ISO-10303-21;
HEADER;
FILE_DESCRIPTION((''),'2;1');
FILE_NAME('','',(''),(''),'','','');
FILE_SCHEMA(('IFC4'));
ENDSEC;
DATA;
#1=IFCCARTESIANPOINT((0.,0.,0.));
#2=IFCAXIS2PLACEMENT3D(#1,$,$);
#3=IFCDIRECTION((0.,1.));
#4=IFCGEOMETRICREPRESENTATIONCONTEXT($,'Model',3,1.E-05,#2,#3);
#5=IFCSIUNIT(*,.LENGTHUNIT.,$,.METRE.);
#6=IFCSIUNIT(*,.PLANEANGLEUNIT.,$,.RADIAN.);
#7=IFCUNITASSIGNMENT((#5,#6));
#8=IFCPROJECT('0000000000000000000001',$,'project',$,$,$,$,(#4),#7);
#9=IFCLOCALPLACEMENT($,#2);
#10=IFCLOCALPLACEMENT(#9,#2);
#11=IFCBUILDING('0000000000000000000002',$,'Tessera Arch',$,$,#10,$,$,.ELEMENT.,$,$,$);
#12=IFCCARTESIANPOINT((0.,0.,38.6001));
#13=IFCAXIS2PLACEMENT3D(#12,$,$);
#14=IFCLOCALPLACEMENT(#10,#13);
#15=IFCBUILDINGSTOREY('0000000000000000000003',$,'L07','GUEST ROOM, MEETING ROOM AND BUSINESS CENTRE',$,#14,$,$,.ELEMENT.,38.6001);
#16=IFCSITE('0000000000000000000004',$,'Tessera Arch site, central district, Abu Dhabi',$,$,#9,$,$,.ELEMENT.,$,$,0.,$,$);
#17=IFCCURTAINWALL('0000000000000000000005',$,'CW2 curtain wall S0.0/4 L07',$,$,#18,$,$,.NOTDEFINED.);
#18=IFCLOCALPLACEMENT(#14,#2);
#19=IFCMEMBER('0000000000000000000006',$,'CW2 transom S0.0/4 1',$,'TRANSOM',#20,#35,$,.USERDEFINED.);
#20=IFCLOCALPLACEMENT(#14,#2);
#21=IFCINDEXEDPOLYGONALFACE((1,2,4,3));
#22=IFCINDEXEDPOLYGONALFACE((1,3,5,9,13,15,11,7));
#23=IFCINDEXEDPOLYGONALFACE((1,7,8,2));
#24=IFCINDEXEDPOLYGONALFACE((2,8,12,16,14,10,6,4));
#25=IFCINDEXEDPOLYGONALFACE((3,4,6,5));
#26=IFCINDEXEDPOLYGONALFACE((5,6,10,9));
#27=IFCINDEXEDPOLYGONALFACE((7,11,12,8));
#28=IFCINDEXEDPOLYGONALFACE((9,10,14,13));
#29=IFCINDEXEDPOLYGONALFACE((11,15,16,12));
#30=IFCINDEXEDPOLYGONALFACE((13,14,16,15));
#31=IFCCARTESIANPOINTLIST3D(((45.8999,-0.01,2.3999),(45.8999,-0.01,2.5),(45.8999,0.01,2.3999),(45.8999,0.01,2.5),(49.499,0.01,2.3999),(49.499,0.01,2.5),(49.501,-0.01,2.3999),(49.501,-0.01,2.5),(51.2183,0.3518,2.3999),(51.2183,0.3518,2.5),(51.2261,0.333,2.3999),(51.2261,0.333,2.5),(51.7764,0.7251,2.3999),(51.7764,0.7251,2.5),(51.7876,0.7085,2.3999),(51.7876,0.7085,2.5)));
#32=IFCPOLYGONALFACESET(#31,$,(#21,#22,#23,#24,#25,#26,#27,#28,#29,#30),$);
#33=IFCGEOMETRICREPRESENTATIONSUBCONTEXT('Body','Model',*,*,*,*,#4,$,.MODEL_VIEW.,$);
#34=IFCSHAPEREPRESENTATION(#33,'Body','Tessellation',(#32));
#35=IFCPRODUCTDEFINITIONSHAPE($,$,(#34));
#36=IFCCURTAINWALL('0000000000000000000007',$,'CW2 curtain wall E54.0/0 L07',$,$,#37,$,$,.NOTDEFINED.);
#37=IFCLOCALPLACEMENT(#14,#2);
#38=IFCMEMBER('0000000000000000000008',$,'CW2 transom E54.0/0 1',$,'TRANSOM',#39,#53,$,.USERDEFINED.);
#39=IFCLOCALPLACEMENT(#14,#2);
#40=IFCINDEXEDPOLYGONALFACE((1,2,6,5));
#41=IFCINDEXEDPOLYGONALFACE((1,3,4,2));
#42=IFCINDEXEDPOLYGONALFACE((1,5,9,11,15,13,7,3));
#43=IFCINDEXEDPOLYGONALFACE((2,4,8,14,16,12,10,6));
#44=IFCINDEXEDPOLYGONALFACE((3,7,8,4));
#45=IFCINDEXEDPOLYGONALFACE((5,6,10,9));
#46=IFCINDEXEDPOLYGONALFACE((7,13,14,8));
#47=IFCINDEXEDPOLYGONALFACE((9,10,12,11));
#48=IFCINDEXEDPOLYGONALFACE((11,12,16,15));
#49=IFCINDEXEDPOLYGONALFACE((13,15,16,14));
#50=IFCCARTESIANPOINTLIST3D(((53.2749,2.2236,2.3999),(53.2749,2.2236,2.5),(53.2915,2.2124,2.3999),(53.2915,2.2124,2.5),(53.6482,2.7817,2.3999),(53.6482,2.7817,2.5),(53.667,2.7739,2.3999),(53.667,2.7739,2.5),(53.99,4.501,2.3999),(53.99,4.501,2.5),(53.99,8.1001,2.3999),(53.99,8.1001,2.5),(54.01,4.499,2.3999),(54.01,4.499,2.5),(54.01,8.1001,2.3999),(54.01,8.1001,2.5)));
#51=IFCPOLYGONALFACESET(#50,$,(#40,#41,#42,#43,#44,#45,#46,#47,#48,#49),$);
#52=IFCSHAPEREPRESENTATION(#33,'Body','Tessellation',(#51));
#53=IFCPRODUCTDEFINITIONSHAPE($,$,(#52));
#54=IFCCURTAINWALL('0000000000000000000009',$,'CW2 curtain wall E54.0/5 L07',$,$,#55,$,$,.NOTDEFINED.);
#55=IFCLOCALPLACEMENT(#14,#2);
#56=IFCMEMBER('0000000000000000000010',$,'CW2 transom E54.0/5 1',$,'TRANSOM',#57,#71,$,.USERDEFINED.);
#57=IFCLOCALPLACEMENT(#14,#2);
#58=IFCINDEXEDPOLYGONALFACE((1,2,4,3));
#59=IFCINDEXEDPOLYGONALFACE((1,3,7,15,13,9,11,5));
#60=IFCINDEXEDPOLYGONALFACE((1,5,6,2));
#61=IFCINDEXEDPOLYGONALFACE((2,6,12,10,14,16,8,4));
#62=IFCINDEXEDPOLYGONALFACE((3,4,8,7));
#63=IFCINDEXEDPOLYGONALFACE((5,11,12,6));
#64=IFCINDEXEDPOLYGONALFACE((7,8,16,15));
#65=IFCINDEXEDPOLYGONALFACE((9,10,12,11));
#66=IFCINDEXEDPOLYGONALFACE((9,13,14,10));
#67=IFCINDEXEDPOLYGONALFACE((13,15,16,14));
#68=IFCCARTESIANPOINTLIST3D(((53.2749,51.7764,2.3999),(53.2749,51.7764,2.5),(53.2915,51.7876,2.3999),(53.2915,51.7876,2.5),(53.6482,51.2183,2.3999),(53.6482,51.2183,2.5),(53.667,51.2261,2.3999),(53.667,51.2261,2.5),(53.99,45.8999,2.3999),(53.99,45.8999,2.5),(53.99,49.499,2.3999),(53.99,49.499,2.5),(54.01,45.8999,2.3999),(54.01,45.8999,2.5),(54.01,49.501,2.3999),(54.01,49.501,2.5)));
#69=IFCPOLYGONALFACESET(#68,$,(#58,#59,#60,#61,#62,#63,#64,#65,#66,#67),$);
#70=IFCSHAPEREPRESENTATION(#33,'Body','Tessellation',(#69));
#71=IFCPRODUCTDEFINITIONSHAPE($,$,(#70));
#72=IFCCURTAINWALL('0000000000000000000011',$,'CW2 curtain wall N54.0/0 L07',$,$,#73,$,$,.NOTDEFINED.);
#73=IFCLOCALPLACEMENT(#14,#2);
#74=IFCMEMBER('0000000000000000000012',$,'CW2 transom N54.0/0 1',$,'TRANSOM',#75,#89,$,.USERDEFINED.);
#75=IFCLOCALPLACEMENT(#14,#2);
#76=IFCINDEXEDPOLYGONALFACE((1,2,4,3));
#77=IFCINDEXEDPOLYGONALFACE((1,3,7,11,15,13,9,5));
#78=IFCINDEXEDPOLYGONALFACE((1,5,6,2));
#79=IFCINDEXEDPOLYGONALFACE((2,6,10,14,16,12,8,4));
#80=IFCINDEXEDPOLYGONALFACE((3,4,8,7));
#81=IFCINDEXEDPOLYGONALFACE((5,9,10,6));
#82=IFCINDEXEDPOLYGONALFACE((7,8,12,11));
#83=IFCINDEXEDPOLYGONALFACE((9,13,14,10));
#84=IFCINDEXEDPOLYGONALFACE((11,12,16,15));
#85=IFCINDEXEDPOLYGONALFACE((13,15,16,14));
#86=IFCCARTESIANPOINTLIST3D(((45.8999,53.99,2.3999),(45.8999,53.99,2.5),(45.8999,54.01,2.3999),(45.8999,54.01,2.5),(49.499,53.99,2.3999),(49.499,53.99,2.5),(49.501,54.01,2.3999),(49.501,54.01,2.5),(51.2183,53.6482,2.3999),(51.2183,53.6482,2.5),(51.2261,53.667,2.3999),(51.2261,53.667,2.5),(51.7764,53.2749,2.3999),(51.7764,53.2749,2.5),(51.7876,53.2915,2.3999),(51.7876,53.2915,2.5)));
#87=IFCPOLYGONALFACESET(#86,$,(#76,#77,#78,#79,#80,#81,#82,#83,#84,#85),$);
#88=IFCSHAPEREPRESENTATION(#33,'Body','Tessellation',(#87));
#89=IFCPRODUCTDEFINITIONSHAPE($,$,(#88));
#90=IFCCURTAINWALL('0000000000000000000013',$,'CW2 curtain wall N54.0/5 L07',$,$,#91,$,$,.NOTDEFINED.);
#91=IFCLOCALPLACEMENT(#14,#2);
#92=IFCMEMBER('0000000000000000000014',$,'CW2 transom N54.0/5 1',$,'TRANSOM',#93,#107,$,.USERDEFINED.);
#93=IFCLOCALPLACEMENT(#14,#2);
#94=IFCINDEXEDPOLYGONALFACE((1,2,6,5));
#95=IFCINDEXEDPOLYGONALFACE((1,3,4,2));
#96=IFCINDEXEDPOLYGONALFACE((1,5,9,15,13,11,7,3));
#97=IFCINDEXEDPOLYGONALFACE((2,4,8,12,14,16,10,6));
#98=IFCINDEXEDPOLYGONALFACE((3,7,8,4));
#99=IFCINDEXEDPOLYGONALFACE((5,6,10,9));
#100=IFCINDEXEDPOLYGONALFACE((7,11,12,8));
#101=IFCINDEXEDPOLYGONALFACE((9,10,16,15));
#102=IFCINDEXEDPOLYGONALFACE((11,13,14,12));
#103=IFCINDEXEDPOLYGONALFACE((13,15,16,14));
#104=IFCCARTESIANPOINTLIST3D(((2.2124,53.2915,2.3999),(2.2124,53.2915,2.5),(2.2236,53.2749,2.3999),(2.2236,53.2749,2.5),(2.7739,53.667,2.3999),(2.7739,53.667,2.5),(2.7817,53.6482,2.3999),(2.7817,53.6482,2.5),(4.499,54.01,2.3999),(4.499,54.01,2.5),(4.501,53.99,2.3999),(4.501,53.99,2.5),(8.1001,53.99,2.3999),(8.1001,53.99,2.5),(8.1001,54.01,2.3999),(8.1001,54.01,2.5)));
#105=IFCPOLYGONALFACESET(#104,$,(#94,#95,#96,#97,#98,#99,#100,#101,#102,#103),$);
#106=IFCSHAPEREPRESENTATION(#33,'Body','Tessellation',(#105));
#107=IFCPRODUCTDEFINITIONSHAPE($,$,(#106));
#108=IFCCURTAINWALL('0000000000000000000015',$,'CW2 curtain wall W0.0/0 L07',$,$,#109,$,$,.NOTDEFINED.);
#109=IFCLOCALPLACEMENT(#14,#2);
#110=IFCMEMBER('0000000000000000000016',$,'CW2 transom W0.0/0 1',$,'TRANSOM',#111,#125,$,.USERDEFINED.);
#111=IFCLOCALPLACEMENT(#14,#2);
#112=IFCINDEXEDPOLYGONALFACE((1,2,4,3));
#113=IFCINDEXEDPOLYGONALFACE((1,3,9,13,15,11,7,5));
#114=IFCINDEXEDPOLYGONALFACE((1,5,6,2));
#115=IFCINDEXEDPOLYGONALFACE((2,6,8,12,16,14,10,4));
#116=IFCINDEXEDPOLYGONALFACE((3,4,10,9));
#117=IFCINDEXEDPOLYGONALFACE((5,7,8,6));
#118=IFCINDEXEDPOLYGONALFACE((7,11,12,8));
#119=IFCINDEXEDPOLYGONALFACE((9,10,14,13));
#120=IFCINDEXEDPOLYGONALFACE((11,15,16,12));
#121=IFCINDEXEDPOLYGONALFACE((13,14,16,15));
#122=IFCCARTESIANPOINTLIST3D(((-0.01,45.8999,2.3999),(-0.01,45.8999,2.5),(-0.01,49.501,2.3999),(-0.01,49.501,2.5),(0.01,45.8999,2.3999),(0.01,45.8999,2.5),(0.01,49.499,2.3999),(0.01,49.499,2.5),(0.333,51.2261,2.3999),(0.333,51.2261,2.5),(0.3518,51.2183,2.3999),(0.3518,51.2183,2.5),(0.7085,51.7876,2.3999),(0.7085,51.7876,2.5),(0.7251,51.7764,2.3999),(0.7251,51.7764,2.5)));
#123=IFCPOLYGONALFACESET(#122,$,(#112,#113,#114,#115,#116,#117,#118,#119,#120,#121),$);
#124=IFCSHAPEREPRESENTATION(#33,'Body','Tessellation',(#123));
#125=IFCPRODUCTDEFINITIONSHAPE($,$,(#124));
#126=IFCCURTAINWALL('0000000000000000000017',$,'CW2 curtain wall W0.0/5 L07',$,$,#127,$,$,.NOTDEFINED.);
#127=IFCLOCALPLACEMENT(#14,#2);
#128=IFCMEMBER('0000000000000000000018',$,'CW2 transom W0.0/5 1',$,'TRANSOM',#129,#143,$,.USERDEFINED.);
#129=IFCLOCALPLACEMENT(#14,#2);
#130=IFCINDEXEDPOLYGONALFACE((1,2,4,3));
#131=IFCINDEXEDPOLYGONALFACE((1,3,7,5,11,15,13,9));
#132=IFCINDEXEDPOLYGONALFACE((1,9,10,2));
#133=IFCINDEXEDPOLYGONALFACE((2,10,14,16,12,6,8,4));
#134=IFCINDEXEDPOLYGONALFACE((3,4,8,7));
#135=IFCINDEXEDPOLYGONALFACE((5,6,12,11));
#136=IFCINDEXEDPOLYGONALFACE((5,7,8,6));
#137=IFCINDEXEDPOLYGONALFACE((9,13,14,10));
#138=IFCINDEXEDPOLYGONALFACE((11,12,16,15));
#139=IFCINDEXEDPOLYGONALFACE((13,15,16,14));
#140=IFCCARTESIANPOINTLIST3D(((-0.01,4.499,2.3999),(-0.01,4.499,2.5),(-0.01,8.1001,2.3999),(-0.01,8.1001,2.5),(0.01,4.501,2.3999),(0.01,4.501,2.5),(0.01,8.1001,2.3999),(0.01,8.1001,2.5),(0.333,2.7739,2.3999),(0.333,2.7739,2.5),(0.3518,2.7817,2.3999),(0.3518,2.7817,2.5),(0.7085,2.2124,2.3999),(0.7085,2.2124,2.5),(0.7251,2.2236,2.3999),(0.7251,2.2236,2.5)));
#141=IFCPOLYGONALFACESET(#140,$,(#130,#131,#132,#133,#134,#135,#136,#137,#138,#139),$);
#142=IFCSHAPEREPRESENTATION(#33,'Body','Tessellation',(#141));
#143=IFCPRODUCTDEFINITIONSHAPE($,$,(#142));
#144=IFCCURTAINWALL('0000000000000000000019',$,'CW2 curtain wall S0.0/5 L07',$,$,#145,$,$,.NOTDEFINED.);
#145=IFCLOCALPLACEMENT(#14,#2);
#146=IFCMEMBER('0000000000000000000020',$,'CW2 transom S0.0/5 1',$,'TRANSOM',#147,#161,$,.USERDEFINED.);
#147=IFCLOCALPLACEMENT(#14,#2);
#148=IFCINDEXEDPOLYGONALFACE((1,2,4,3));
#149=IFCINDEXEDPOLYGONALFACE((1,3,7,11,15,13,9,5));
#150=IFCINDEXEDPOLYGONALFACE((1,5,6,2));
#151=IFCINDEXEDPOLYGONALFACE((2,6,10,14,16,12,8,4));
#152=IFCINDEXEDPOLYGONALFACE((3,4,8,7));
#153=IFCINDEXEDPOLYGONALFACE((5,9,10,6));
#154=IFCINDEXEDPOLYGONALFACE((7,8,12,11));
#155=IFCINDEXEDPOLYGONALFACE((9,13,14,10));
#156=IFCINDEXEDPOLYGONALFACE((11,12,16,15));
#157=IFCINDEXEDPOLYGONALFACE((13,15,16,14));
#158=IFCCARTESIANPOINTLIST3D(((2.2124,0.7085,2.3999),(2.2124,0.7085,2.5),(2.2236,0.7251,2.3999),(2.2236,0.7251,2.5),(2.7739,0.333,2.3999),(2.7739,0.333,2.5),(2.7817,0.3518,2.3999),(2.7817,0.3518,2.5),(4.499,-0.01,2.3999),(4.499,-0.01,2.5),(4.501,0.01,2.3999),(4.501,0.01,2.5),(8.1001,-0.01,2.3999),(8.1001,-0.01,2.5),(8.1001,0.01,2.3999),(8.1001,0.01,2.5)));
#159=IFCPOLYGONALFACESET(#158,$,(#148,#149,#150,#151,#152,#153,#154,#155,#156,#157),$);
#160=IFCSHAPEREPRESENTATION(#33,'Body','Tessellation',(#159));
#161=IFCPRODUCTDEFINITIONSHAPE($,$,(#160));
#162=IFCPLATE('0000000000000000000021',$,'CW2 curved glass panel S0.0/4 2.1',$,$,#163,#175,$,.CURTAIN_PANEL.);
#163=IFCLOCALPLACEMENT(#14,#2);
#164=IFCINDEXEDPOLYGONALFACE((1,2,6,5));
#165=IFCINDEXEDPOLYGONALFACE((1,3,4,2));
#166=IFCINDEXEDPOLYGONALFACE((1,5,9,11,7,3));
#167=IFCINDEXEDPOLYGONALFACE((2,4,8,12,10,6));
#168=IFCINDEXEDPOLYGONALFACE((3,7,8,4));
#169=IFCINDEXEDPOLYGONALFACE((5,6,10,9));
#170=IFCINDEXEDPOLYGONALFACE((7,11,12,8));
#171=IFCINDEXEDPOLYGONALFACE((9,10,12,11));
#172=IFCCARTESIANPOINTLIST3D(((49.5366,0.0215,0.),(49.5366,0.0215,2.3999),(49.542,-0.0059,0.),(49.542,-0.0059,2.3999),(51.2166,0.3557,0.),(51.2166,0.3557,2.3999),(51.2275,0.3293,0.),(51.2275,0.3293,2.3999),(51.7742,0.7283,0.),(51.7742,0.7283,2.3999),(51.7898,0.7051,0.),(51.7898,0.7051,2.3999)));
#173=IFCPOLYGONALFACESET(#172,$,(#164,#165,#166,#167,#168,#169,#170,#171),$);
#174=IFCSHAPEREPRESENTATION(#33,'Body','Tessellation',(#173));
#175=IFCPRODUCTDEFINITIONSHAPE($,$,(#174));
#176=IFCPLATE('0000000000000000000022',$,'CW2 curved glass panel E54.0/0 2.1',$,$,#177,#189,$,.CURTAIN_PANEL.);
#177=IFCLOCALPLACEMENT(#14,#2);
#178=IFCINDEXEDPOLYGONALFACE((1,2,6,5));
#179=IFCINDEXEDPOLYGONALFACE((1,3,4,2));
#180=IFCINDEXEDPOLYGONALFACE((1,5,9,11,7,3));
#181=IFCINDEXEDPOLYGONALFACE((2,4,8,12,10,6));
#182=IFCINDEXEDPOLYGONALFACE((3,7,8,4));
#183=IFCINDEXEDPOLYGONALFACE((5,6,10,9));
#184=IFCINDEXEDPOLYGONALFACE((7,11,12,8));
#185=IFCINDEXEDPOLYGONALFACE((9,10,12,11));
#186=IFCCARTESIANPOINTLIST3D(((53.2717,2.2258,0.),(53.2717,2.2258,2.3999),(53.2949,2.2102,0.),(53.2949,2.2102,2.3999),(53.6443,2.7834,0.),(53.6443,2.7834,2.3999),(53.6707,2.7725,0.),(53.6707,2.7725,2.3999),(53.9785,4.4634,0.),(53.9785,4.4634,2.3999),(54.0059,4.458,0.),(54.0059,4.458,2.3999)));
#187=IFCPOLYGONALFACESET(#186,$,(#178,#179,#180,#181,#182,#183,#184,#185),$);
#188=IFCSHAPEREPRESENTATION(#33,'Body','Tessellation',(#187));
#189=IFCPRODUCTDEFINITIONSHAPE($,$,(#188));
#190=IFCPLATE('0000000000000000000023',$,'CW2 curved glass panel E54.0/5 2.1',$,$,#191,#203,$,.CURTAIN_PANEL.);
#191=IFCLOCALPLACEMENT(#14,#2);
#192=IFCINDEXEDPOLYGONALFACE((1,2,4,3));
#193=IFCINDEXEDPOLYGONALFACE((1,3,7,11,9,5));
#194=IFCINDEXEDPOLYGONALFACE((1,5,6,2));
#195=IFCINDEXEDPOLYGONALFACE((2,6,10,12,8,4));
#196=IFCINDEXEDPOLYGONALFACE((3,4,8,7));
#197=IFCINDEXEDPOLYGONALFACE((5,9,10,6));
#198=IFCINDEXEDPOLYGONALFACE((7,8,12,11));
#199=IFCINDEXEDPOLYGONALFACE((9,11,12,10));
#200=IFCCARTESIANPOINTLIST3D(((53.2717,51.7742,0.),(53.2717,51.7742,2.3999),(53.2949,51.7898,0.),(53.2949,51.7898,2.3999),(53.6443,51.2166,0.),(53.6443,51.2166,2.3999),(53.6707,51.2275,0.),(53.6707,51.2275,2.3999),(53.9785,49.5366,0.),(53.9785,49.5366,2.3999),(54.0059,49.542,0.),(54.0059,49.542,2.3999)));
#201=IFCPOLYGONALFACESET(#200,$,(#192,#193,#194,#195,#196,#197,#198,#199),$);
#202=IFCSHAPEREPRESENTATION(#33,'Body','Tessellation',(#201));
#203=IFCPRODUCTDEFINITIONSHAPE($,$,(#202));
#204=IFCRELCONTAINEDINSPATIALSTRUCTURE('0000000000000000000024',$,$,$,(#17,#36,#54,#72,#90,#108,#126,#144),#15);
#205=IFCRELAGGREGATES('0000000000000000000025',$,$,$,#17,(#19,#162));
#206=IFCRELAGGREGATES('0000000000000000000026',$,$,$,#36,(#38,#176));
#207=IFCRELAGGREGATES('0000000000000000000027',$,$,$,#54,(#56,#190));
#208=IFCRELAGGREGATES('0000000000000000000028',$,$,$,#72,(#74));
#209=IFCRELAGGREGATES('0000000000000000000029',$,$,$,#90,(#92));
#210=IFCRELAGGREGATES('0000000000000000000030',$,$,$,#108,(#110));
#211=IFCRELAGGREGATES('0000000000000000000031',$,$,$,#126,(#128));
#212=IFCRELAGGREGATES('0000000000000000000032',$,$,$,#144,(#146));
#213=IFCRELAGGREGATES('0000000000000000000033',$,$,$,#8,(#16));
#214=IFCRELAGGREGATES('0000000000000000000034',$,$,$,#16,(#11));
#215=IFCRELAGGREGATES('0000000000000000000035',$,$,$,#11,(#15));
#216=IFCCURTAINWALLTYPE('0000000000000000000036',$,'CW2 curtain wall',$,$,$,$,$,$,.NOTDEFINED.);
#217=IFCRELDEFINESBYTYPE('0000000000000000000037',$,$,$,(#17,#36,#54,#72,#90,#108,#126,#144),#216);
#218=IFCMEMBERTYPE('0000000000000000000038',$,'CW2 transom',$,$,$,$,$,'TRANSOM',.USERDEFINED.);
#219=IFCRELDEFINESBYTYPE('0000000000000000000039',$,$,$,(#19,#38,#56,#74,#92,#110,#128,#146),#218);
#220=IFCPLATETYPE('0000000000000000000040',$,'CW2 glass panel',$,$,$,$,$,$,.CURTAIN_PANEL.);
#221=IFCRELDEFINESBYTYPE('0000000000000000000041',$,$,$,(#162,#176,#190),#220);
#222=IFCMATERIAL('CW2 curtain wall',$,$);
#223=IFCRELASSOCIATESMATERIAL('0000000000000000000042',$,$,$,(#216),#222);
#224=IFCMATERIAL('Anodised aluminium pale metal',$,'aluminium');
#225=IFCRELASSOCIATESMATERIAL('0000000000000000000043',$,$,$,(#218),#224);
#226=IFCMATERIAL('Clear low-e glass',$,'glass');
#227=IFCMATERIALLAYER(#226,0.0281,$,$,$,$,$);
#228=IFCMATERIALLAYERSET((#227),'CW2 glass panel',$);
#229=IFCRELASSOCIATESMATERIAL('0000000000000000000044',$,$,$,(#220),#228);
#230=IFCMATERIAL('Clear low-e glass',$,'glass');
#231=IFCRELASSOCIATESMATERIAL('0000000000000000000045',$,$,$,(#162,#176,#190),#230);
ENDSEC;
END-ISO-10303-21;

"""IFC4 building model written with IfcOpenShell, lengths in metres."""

from ifc_helpers import new_model, si_unit, direction, frame, origin, origin_2d, place, context, subcontext, project, spatial, polyline, rectangle, outline, extrude, material, layer, layer_set, material_profile, profile_set, type_object, element, aggregate, save


model = new_model("IFC4")

# Units and contexts
model_context = context("Model", 3, precision=1e-05, world=origin(), true_north=direction((0.0, 1.0)))
body_context = subcontext(model_context, "Body", "Model", "MODEL_VIEW")
ifc_project = project(units=[si_unit("LENGTHUNIT", "METRE"), si_unit("PLANEANGLEUNIT", "RADIAN")], contexts=[model_context])

# Site, building, storey
site_placement = place(None, origin())
site = spatial("IfcSite", under=ifc_project, at=site_placement, Name="Tessera Arch site, central district, Abu Dhabi", CompositionType="ELEMENT", RefElevation=0.0)
building_placement = place(site_placement, origin())
building = spatial("IfcBuilding", under=site, at=building_placement, Name="Tessera Arch", CompositionType="ELEMENT")
storey_placement = place(building_placement, frame((0.0, 0.0, 38.6001)))
storey = spatial("IfcBuildingStorey", under=building, at=storey_placement, Name="L07", Description="GUEST ROOM, MEETING ROOM AND BUSINESS CENTRE", CompositionType="ELEMENT", Elevation=38.6001)

# Curtain walls, members
ifc_material_1 = material(Name="CW2 curtain wall")
curtain_wall_type = type_object("IfcCurtainWallType", Name="CW2 curtain wall", PredefinedType="NOTDEFINED", material=ifc_material_1)
curtain_wall_1_placement = place(storey_placement, origin())
curtain_wall_1 = element("IfcCurtainWall", 1, at=curtain_wall_1_placement, inside=storey, type_object=curtain_wall_type, Name="CW2 curtain wall S0.0/4 L07", PredefinedType="NOTDEFINED")
ifc_material_2 = material(Name="Anodised aluminium pale metal", Category="aluminium")
ifc_material_profile = material_profile(ifc_material_2, rectangle(XDim=0.2, YDim=0.1001, at=origin_2d()), Name="AL 200x100")
ifc_profile_set = profile_set([ifc_material_profile], Name="Anodised aluminium pale metal")
member_type = type_object("IfcMemberType", Name="CW2 transom", ElementType="TRANSOM", PredefinedType="USERDEFINED", material=ifc_profile_set)
member_1_placement = place(storey_placement, frame((0.0, 0.0, 2.3999)))
member_1 = element("IfcMember", 2, at=member_1_placement, type_object=member_type, Name="CW2 transom S0.0/4 1", ObjectType="TRANSOM", PredefinedType="USERDEFINED", context=body_context, shape_type="SweptSolid", body=[
    extrude(outline(polyline([(49.499, 0.01), (45.8999, 0.01), (45.8999, -0.01), (49.501, -0.01), (51.2261, 0.333), (51.7876, 0.7085), (51.7764, 0.7251), (51.2183, 0.3518), (49.499, 0.01)])), origin(), (0.0, 0.0, 1.0), 0.1001),
])
curtain_wall_2_placement = place(storey_placement, origin())
curtain_wall_2 = element("IfcCurtainWall", 3, at=curtain_wall_2_placement, inside=storey, type_object=curtain_wall_type, Name="CW2 curtain wall E54.0/0 L07", PredefinedType="NOTDEFINED")
member_2_placement = place(storey_placement, frame((0.0, 0.0, 2.3999)))
member_2 = element("IfcMember", 4, at=member_2_placement, type_object=member_type, Name="CW2 transom E54.0/0 1", ObjectType="TRANSOM", PredefinedType="USERDEFINED", context=body_context, shape_type="SweptSolid", body=[
    extrude(outline(polyline([(53.6482, 2.7817), (53.2749, 2.2236), (53.2915, 2.2124), (53.667, 2.7739), (54.01, 4.499), (54.01, 8.1001), (53.99, 8.1001), (53.99, 4.501), (53.6482, 2.7817)])), origin(), (0.0, 0.0, 1.0), 0.1001),
])
curtain_wall_3_placement = place(storey_placement, origin())
curtain_wall_3 = element("IfcCurtainWall", 5, at=curtain_wall_3_placement, inside=storey, type_object=curtain_wall_type, Name="CW2 curtain wall E54.0/5 L07", PredefinedType="NOTDEFINED")
member_3_placement = place(storey_placement, frame((0.0, 0.0, 2.3999)))
member_3 = element("IfcMember", 6, at=member_3_placement, type_object=member_type, Name="CW2 transom E54.0/5 1", ObjectType="TRANSOM", PredefinedType="USERDEFINED", context=body_context, shape_type="SweptSolid", body=[
    extrude(outline(polyline([(53.99, 49.499), (53.99, 45.8999), (54.01, 45.8999), (54.01, 49.501), (53.667, 51.2261), (53.2915, 51.7876), (53.2749, 51.7764), (53.6482, 51.2183), (53.99, 49.499)])), origin(), (0.0, 0.0, 1.0), 0.1001),
])
curtain_wall_4_placement = place(storey_placement, origin())
curtain_wall_4 = element("IfcCurtainWall", 7, at=curtain_wall_4_placement, inside=storey, type_object=curtain_wall_type, Name="CW2 curtain wall N54.0/0 L07", PredefinedType="NOTDEFINED")
member_4_placement = place(storey_placement, frame((0.0, 0.0, 2.3999)))
member_4 = element("IfcMember", 8, at=member_4_placement, type_object=member_type, Name="CW2 transom N54.0/0 1", ObjectType="TRANSOM", PredefinedType="USERDEFINED", context=body_context, shape_type="SweptSolid", body=[
    extrude(outline(polyline([(51.2183, 53.6482), (51.7764, 53.2749), (51.7876, 53.2915), (51.2261, 53.667), (49.501, 54.01), (45.8999, 54.01), (45.8999, 53.99), (49.499, 53.99), (51.2183, 53.6482)])), origin(), (0.0, 0.0, 1.0), 0.1001),
])
curtain_wall_5_placement = place(storey_placement, origin())
curtain_wall_5 = element("IfcCurtainWall", 9, at=curtain_wall_5_placement, inside=storey, type_object=curtain_wall_type, Name="CW2 curtain wall N54.0/5 L07", PredefinedType="NOTDEFINED")
member_5_placement = place(storey_placement, frame((0.0, 0.0, 2.3999)))
member_5 = element("IfcMember", 10, at=member_5_placement, type_object=member_type, Name="CW2 transom N54.0/5 1", ObjectType="TRANSOM", PredefinedType="USERDEFINED", context=body_context, shape_type="SweptSolid", body=[
    extrude(outline(polyline([(4.501, 53.99), (8.1001, 53.99), (8.1001, 54.01), (4.499, 54.01), (2.7739, 53.667), (2.2124, 53.2915), (2.2236, 53.2749), (2.7817, 53.6482), (4.501, 53.99)])), origin(), (0.0, 0.0, 1.0), 0.1001),
])
curtain_wall_6_placement = place(storey_placement, origin())
curtain_wall_6 = element("IfcCurtainWall", 11, at=curtain_wall_6_placement, inside=storey, type_object=curtain_wall_type, Name="CW2 curtain wall W0.0/0 L07", PredefinedType="NOTDEFINED")
member_6_placement = place(storey_placement, frame((0.0, 0.0, 2.3999)))
member_6 = element("IfcMember", 12, at=member_6_placement, type_object=member_type, Name="CW2 transom W0.0/0 1", ObjectType="TRANSOM", PredefinedType="USERDEFINED", context=body_context, shape_type="SweptSolid", body=[
    extrude(outline(polyline([(0.3518, 51.2183), (0.7251, 51.7764), (0.7085, 51.7876), (0.333, 51.2261), (-0.01, 49.501), (-0.01, 45.8999), (0.01, 45.8999), (0.01, 49.499), (0.3518, 51.2183)])), origin(), (0.0, 0.0, 1.0), 0.1001),
])
curtain_wall_7_placement = place(storey_placement, origin())
curtain_wall_7 = element("IfcCurtainWall", 13, at=curtain_wall_7_placement, inside=storey, type_object=curtain_wall_type, Name="CW2 curtain wall W0.0/5 L07", PredefinedType="NOTDEFINED")
member_7_placement = place(storey_placement, frame((0.0, 0.0, 2.3999)))
member_7 = element("IfcMember", 14, at=member_7_placement, type_object=member_type, Name="CW2 transom W0.0/5 1", ObjectType="TRANSOM", PredefinedType="USERDEFINED", context=body_context, shape_type="SweptSolid", body=[
    extrude(outline(polyline([(0.01, 4.501), (0.01, 8.1001), (-0.01, 8.1001), (-0.01, 4.499), (0.333, 2.7739), (0.7085, 2.2124), (0.7251, 2.2236), (0.3518, 2.7817), (0.01, 4.501)])), origin(), (0.0, 0.0, 1.0), 0.1001),
])
curtain_wall_8_placement = place(storey_placement, origin())
curtain_wall_8 = element("IfcCurtainWall", 15, at=curtain_wall_8_placement, inside=storey, type_object=curtain_wall_type, Name="CW2 curtain wall S0.0/5 L07", PredefinedType="NOTDEFINED")
member_8_placement = place(storey_placement, frame((0.0, 0.0, 2.3999)))
member_8 = element("IfcMember", 16, at=member_8_placement, type_object=member_type, Name="CW2 transom S0.0/5 1", ObjectType="TRANSOM", PredefinedType="USERDEFINED", context=body_context, shape_type="SweptSolid", body=[
    extrude(outline(polyline([(2.7817, 0.3518), (2.2236, 0.7251), (2.2124, 0.7085), (2.7739, 0.333), (4.499, -0.01), (8.1001, -0.01), (8.1001, 0.01), (4.501, 0.01), (2.7817, 0.3518)])), origin(), (0.0, 0.0, 1.0), 0.1001),
])

# Plates
ifc_material_3 = material(Name="Clear low-e glass", Category="glass")
ifc_material_4 = material(Name="Clear low-e glass", Category="glass")
ifc_layer_1 = layer(ifc_material_4, 0.0281)
ifc_layer_set_1 = layer_set([ifc_layer_1], Name="CW2 glass panel")
plate_type_1 = type_object("IfcPlateType", Name="CW2 glass panel", PredefinedType="CURTAIN_PANEL", material=ifc_layer_set_1)
plate_1_placement = place(storey_placement, origin())
plate_1 = element("IfcPlate", 17, at=plate_1_placement, type_object=plate_type_1, material=ifc_material_3, Name="CW2 curved glass panel S0.0/4 2.1", PredefinedType="CURTAIN_PANEL", context=body_context, shape_type="SweptSolid", body=[
    extrude(outline(polyline([(51.2166, 0.3557), (49.5366, 0.0215), (49.542, -0.0059), (51.2275, 0.3293), (51.7898, 0.7051), (51.7742, 0.7283), (51.2166, 0.3557)])), origin(), (0.0, 0.0, 1.0), 2.3999),
])
plate_2_placement = place(storey_placement, origin())
plate_2 = element("IfcPlate", 18, at=plate_2_placement, type_object=plate_type_1, material=ifc_material_3, Name="CW2 curved glass panel E54.0/0 2.1", PredefinedType="CURTAIN_PANEL", context=body_context, shape_type="SweptSolid", body=[
    extrude(outline(polyline([(53.6443, 2.7834), (53.2717, 2.2258), (53.2949, 2.2102), (53.6707, 2.7725), (54.0059, 4.458), (53.9785, 4.4634), (53.6443, 2.7834)])), origin(), (0.0, 0.0, 1.0), 2.3999),
])
plate_3_placement = place(storey_placement, origin())
plate_3 = element("IfcPlate", 19, at=plate_3_placement, type_object=plate_type_1, material=ifc_material_3, Name="CW2 curved glass panel E54.0/5 2.1", PredefinedType="CURTAIN_PANEL", context=body_context, shape_type="SweptSolid", body=[
    extrude(outline(polyline([(53.6443, 51.2166), (53.9785, 49.5366), (54.0059, 49.542), (53.6707, 51.2275), (53.2949, 51.7898), (53.2717, 51.7742), (53.6443, 51.2166)])), origin(), (0.0, 0.0, 1.0), 2.3999),
])
aggregate(curtain_wall_1, [member_1, plate_1])
aggregate(curtain_wall_2, [member_2, plate_2])
aggregate(curtain_wall_3, [member_3, plate_3])
aggregate(curtain_wall_4, [member_4])
aggregate(curtain_wall_5, [member_5])
aggregate(curtain_wall_6, [member_6])
aggregate(curtain_wall_7, [member_7])
aggregate(curtain_wall_8, [member_8])

save(model, "model.ifc")
